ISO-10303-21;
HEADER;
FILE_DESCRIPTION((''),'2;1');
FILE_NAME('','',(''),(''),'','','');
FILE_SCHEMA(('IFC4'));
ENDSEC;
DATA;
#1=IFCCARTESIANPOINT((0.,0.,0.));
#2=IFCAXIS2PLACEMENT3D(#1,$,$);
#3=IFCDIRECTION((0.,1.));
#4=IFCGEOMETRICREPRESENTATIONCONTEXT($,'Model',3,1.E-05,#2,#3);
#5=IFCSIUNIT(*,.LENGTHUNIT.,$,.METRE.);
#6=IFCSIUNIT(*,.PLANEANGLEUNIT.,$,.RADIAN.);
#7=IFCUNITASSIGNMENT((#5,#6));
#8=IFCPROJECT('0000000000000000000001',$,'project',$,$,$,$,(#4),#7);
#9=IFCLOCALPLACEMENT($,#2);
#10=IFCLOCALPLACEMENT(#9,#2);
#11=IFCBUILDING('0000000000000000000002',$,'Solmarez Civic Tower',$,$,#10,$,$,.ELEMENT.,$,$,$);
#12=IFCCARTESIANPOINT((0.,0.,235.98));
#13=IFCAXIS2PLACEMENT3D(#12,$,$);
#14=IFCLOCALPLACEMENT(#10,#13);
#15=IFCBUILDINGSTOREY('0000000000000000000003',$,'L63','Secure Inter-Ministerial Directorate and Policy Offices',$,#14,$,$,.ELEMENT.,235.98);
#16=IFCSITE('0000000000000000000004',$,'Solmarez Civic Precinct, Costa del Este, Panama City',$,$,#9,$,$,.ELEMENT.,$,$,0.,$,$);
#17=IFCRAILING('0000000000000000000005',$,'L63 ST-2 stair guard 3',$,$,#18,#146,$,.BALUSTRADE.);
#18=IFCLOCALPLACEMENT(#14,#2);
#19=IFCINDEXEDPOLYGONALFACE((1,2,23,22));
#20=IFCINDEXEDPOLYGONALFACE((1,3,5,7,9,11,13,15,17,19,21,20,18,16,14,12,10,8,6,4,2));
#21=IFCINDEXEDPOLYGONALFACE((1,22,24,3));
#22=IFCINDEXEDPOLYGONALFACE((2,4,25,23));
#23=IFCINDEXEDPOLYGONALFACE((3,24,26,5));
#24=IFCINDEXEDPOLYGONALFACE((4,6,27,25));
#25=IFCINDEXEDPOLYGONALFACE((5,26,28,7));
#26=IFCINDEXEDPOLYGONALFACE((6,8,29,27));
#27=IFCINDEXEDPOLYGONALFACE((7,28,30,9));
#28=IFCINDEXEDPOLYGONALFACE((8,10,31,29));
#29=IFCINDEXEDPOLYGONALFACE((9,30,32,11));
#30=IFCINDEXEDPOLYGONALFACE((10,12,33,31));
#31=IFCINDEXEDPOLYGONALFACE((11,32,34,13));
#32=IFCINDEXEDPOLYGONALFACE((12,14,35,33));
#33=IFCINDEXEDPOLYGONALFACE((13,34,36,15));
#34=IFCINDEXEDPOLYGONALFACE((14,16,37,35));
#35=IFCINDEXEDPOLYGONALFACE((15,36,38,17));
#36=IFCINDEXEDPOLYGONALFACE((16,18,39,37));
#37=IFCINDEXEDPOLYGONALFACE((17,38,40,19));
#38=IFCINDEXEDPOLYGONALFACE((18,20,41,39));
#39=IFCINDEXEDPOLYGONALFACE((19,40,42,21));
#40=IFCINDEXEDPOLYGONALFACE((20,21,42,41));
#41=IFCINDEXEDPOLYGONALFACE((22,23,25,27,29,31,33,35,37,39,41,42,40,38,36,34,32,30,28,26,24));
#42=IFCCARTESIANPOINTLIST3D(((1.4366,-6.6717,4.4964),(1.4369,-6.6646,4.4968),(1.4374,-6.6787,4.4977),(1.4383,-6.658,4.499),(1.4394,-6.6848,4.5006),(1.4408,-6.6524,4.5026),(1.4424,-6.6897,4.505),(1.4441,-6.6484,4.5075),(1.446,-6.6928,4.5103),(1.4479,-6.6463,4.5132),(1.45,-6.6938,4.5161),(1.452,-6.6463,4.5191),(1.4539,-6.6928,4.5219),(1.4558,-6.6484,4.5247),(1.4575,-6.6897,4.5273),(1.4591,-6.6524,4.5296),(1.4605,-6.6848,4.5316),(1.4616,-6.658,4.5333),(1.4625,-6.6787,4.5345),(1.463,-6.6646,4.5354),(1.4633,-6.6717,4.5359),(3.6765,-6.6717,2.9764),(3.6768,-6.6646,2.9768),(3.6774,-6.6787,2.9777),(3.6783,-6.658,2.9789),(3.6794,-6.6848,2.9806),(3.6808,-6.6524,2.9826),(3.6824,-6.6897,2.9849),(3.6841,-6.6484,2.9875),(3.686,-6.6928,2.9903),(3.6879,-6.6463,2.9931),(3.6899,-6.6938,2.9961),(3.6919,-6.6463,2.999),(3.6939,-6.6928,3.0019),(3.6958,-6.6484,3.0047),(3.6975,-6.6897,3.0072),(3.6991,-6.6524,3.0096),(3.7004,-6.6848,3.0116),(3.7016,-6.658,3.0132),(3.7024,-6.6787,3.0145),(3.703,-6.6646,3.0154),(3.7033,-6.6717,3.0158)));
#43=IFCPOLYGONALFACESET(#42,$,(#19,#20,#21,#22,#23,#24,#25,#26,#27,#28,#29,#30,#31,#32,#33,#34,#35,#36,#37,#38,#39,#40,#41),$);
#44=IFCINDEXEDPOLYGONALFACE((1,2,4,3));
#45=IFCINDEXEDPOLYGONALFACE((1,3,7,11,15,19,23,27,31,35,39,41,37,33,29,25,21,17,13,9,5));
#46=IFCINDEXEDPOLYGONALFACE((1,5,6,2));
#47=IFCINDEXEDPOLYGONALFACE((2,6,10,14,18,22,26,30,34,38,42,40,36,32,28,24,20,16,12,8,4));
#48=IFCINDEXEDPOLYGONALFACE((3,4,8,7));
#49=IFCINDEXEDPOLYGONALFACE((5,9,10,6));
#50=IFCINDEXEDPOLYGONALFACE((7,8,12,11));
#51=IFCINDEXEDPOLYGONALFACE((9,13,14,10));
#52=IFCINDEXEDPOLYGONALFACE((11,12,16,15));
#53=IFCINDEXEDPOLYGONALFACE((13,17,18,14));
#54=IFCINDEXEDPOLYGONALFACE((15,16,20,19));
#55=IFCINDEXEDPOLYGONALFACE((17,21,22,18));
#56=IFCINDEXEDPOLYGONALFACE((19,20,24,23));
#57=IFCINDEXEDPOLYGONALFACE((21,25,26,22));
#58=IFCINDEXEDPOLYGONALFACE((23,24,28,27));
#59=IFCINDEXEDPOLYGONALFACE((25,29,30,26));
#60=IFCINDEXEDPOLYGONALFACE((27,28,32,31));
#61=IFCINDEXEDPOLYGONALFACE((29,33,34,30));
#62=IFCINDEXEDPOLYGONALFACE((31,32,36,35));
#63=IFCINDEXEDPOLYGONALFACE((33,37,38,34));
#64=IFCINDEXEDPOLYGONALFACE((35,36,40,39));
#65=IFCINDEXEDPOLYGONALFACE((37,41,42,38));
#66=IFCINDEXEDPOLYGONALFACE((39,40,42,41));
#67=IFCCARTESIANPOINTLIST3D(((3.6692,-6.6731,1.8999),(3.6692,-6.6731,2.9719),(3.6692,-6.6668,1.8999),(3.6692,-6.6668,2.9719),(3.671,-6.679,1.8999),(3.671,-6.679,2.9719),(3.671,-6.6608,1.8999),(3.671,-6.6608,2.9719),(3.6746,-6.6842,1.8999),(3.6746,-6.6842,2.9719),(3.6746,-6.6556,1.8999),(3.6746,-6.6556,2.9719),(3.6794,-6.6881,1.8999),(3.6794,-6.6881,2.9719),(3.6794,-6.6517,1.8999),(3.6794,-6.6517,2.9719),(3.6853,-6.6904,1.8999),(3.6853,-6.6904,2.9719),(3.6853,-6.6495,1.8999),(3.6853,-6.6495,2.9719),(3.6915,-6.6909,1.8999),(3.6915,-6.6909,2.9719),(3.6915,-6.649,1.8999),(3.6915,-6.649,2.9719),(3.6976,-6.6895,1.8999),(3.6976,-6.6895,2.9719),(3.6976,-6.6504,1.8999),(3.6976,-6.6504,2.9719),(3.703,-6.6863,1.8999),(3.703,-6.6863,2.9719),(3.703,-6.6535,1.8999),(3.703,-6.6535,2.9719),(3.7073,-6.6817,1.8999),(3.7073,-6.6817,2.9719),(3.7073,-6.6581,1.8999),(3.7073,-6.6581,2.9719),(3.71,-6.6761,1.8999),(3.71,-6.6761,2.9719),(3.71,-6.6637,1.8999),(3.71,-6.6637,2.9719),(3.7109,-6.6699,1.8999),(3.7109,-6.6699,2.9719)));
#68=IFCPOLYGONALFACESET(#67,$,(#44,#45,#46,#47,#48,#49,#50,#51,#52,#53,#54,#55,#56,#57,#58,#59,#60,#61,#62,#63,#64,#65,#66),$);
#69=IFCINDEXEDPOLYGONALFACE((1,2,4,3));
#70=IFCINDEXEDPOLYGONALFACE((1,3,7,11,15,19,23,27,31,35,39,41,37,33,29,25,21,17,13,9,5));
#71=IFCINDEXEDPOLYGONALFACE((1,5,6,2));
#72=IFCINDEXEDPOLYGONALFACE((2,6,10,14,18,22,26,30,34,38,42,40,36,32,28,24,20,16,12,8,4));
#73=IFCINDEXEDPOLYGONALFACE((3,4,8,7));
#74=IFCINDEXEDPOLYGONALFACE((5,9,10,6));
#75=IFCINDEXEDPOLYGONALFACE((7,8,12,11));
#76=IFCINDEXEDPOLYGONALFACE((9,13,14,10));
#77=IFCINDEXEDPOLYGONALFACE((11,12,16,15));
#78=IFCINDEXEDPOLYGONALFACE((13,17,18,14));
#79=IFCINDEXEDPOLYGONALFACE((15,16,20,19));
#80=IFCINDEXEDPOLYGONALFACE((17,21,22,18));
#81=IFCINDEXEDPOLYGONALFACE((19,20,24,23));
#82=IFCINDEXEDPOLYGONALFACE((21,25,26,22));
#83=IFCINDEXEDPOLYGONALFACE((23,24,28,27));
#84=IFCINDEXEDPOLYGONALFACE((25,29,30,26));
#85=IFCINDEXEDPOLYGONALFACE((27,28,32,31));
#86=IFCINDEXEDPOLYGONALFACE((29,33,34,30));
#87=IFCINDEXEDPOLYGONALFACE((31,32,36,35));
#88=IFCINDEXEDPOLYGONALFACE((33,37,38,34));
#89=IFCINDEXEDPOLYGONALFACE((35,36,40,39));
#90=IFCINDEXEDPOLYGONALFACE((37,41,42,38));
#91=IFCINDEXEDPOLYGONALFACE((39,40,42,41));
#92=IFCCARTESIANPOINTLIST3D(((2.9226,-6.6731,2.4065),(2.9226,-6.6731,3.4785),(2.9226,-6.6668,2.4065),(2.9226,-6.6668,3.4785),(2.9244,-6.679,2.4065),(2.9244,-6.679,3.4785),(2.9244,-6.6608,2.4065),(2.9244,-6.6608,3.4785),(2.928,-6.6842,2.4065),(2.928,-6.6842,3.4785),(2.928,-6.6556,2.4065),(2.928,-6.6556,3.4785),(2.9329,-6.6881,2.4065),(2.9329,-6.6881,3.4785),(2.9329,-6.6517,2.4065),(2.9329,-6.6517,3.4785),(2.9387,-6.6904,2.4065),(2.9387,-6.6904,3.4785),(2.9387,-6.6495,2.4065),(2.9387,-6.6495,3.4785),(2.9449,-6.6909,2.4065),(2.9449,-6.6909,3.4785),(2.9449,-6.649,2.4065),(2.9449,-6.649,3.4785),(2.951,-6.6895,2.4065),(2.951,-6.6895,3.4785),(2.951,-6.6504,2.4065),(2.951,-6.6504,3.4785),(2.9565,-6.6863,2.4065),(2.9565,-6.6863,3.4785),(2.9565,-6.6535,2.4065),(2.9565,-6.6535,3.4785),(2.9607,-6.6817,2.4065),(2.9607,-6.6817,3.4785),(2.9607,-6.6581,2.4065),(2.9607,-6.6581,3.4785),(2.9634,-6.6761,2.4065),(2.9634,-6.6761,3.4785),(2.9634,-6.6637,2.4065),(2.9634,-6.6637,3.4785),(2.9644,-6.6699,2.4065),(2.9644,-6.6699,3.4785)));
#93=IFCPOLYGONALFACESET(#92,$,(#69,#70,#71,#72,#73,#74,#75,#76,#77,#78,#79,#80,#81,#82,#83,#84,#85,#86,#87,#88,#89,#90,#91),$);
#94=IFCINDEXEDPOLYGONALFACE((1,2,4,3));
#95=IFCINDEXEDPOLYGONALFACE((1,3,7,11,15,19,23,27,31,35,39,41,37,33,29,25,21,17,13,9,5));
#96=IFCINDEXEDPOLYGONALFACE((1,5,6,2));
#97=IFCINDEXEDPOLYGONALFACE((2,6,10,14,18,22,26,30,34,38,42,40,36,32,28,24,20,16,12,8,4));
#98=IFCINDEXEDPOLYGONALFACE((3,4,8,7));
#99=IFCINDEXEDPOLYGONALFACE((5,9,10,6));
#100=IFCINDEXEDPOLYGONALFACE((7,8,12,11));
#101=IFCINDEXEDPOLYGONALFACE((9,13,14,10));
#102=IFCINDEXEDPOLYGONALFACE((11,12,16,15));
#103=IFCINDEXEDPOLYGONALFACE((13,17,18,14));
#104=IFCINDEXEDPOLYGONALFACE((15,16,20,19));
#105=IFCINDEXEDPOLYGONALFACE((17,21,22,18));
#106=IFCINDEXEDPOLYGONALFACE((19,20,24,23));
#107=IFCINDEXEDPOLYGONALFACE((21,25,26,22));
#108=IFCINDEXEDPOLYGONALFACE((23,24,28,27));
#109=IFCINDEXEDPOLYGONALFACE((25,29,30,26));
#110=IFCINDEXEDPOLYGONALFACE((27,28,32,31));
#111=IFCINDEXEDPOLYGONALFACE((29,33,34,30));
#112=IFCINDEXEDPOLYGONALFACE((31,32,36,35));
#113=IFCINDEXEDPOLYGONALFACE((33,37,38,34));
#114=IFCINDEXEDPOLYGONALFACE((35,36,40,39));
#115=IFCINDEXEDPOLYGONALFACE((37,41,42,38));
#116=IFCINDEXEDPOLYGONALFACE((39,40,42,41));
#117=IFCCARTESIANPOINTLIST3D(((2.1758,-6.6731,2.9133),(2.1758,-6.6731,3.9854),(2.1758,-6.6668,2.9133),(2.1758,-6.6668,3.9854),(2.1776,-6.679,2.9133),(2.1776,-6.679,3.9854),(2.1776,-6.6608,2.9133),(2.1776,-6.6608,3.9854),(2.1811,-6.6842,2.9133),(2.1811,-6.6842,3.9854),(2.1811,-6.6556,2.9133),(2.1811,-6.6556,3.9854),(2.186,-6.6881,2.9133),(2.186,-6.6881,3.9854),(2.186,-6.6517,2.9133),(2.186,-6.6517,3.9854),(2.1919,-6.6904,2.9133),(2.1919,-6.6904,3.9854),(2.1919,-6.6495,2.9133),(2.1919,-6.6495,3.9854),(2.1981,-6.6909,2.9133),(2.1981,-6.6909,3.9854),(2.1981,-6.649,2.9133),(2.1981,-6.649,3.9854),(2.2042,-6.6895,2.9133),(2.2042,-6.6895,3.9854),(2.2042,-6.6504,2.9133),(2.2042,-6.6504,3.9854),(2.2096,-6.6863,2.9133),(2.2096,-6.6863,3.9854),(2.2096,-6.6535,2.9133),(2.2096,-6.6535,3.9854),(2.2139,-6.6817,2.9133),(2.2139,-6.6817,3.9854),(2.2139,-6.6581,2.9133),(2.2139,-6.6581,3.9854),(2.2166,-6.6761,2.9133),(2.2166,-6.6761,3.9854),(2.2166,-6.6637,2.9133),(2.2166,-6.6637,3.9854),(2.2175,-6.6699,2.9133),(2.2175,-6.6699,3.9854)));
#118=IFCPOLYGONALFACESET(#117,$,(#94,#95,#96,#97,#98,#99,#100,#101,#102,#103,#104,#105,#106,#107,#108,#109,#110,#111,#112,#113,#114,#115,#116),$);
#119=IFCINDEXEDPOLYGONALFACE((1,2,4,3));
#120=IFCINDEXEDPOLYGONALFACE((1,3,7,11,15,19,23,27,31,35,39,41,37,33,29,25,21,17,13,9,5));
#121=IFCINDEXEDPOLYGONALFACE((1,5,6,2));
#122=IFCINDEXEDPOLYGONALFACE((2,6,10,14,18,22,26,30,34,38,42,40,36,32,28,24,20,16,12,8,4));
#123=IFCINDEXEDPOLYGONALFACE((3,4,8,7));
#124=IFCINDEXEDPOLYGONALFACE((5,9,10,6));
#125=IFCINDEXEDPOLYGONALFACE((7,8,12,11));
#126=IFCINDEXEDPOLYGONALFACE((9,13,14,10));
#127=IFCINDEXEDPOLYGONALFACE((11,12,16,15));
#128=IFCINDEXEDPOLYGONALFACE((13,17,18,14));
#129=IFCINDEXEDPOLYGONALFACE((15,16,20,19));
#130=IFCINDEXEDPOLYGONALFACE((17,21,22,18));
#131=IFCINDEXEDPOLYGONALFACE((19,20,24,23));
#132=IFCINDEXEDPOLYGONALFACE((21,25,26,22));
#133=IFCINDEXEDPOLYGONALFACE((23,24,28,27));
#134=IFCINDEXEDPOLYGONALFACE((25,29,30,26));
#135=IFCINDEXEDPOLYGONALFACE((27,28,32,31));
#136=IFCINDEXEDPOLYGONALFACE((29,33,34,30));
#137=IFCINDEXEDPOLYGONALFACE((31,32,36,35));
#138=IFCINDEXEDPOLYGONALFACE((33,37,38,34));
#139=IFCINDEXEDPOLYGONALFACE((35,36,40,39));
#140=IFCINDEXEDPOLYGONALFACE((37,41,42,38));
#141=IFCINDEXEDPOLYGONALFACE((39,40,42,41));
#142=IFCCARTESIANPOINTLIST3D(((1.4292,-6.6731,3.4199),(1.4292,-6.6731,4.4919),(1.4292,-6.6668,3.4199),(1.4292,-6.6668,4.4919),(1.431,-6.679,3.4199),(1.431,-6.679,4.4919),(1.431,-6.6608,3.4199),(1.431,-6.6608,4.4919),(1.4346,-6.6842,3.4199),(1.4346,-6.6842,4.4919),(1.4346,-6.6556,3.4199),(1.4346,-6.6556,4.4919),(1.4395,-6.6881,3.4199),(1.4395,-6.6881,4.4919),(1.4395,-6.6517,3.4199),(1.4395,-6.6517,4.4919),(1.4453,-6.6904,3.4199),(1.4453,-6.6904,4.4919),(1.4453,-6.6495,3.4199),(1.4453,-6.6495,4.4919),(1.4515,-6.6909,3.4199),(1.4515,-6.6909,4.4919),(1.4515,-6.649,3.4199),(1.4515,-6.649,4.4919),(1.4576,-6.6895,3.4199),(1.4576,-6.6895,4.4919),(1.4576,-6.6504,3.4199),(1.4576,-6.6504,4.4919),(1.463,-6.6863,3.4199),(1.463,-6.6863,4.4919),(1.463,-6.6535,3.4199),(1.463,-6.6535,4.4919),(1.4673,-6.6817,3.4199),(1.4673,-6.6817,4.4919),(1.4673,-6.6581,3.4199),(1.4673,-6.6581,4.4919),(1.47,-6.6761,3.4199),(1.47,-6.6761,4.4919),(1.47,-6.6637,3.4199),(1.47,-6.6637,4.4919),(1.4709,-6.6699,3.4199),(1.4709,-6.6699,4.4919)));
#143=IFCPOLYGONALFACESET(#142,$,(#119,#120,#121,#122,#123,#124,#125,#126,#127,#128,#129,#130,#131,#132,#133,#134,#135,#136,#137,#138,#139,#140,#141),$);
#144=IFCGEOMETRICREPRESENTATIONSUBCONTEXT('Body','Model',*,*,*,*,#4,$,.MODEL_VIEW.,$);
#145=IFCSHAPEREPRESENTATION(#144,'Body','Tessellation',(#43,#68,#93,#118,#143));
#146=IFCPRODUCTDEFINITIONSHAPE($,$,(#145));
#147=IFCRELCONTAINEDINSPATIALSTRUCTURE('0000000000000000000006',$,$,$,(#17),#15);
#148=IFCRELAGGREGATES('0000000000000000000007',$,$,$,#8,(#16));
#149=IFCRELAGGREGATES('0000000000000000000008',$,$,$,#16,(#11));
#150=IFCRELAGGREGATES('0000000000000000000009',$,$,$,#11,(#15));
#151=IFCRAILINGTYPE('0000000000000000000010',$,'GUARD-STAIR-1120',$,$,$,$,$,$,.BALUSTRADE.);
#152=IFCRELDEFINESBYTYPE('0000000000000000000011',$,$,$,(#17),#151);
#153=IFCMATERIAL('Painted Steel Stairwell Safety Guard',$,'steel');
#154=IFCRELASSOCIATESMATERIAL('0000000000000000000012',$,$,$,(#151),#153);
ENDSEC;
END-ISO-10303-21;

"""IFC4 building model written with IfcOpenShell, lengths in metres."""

from ifc_helpers import new_model, si_unit, direction, frame, origin, origin_2d, place, context, subcontext, project, spatial, circle, extrude, material, type_object, element, save


model = new_model("IFC4")

# Units and contexts
model_context = context("Model", 3, precision=1e-05, world=origin(), true_north=direction((0.0, 1.0)))
body_context = subcontext(model_context, "Body", "Model", "MODEL_VIEW")
ifc_project = project(units=[si_unit("LENGTHUNIT", "METRE"), si_unit("PLANEANGLEUNIT", "RADIAN")], contexts=[model_context])

# Site, building, storey
site_placement = place(None, origin())
site = spatial("IfcSite", under=ifc_project, at=site_placement, Name="Solmarez Civic Precinct, Costa del Este, Panama City", CompositionType="ELEMENT", RefElevation=0.0)
building_placement = place(site_placement, origin())
building = spatial("IfcBuilding", under=site, at=building_placement, Name="Solmarez Civic Tower", CompositionType="ELEMENT")
storey_placement = place(building_placement, frame((0.0, 0.0, 235.98)))
storey = spatial("IfcBuildingStorey", under=building, at=storey_placement, Name="L63", Description="Secure Inter-Ministerial Directorate and Policy Offices", CompositionType="ELEMENT", Elevation=235.98)

# Railing
ifc_material_1 = material(Name="Painted Steel Stairwell Safety Guard", Category="steel")
railing_type_1 = type_object("IfcRailingType", Name="GUARD-STAIR-1120", PredefinedType="BALUSTRADE", material=ifc_material_1)
railing_1_placement = place(storey_placement, frame((3.6899, -6.6699, 1.8999)))
element("IfcRailing", 1, at=railing_1_placement, inside=storey, type_object=railing_type_1, Name="L63 ST-2 stair guard 3", PredefinedType="BALUSTRADE", context=body_context, shape_type="SweptSolid", body=[
    extrude(circle(Radius=0.0239, at=origin_2d()), frame((0.0, 0.0, 1.0962), z_axis=(-0.827471, 0.0, 0.561508), x_axis=(0.0, -1.0, 0.0)), (0.0, 0.0, 1.0), 2.707),
    extrude(circle(Radius=0.021, at=origin_2d()), origin(), (0.0, 0.0, 1.0), 1.072),
    extrude(circle(Radius=0.021, at=origin_2d()), frame((-0.7466, 0.0, 0.5066)), (0.0, 0.0, 1.0), 1.072),
    extrude(circle(Radius=0.021, at=origin_2d()), frame((-1.4934, 0.0, 1.0134)), (0.0, 0.0, 1.0), 1.072),
    extrude(circle(Radius=0.021, at=origin_2d()), frame((-2.24, 0.0, 1.52)), (0.0, 0.0, 1.0), 1.072),
])

save(model, "model.ifc")
